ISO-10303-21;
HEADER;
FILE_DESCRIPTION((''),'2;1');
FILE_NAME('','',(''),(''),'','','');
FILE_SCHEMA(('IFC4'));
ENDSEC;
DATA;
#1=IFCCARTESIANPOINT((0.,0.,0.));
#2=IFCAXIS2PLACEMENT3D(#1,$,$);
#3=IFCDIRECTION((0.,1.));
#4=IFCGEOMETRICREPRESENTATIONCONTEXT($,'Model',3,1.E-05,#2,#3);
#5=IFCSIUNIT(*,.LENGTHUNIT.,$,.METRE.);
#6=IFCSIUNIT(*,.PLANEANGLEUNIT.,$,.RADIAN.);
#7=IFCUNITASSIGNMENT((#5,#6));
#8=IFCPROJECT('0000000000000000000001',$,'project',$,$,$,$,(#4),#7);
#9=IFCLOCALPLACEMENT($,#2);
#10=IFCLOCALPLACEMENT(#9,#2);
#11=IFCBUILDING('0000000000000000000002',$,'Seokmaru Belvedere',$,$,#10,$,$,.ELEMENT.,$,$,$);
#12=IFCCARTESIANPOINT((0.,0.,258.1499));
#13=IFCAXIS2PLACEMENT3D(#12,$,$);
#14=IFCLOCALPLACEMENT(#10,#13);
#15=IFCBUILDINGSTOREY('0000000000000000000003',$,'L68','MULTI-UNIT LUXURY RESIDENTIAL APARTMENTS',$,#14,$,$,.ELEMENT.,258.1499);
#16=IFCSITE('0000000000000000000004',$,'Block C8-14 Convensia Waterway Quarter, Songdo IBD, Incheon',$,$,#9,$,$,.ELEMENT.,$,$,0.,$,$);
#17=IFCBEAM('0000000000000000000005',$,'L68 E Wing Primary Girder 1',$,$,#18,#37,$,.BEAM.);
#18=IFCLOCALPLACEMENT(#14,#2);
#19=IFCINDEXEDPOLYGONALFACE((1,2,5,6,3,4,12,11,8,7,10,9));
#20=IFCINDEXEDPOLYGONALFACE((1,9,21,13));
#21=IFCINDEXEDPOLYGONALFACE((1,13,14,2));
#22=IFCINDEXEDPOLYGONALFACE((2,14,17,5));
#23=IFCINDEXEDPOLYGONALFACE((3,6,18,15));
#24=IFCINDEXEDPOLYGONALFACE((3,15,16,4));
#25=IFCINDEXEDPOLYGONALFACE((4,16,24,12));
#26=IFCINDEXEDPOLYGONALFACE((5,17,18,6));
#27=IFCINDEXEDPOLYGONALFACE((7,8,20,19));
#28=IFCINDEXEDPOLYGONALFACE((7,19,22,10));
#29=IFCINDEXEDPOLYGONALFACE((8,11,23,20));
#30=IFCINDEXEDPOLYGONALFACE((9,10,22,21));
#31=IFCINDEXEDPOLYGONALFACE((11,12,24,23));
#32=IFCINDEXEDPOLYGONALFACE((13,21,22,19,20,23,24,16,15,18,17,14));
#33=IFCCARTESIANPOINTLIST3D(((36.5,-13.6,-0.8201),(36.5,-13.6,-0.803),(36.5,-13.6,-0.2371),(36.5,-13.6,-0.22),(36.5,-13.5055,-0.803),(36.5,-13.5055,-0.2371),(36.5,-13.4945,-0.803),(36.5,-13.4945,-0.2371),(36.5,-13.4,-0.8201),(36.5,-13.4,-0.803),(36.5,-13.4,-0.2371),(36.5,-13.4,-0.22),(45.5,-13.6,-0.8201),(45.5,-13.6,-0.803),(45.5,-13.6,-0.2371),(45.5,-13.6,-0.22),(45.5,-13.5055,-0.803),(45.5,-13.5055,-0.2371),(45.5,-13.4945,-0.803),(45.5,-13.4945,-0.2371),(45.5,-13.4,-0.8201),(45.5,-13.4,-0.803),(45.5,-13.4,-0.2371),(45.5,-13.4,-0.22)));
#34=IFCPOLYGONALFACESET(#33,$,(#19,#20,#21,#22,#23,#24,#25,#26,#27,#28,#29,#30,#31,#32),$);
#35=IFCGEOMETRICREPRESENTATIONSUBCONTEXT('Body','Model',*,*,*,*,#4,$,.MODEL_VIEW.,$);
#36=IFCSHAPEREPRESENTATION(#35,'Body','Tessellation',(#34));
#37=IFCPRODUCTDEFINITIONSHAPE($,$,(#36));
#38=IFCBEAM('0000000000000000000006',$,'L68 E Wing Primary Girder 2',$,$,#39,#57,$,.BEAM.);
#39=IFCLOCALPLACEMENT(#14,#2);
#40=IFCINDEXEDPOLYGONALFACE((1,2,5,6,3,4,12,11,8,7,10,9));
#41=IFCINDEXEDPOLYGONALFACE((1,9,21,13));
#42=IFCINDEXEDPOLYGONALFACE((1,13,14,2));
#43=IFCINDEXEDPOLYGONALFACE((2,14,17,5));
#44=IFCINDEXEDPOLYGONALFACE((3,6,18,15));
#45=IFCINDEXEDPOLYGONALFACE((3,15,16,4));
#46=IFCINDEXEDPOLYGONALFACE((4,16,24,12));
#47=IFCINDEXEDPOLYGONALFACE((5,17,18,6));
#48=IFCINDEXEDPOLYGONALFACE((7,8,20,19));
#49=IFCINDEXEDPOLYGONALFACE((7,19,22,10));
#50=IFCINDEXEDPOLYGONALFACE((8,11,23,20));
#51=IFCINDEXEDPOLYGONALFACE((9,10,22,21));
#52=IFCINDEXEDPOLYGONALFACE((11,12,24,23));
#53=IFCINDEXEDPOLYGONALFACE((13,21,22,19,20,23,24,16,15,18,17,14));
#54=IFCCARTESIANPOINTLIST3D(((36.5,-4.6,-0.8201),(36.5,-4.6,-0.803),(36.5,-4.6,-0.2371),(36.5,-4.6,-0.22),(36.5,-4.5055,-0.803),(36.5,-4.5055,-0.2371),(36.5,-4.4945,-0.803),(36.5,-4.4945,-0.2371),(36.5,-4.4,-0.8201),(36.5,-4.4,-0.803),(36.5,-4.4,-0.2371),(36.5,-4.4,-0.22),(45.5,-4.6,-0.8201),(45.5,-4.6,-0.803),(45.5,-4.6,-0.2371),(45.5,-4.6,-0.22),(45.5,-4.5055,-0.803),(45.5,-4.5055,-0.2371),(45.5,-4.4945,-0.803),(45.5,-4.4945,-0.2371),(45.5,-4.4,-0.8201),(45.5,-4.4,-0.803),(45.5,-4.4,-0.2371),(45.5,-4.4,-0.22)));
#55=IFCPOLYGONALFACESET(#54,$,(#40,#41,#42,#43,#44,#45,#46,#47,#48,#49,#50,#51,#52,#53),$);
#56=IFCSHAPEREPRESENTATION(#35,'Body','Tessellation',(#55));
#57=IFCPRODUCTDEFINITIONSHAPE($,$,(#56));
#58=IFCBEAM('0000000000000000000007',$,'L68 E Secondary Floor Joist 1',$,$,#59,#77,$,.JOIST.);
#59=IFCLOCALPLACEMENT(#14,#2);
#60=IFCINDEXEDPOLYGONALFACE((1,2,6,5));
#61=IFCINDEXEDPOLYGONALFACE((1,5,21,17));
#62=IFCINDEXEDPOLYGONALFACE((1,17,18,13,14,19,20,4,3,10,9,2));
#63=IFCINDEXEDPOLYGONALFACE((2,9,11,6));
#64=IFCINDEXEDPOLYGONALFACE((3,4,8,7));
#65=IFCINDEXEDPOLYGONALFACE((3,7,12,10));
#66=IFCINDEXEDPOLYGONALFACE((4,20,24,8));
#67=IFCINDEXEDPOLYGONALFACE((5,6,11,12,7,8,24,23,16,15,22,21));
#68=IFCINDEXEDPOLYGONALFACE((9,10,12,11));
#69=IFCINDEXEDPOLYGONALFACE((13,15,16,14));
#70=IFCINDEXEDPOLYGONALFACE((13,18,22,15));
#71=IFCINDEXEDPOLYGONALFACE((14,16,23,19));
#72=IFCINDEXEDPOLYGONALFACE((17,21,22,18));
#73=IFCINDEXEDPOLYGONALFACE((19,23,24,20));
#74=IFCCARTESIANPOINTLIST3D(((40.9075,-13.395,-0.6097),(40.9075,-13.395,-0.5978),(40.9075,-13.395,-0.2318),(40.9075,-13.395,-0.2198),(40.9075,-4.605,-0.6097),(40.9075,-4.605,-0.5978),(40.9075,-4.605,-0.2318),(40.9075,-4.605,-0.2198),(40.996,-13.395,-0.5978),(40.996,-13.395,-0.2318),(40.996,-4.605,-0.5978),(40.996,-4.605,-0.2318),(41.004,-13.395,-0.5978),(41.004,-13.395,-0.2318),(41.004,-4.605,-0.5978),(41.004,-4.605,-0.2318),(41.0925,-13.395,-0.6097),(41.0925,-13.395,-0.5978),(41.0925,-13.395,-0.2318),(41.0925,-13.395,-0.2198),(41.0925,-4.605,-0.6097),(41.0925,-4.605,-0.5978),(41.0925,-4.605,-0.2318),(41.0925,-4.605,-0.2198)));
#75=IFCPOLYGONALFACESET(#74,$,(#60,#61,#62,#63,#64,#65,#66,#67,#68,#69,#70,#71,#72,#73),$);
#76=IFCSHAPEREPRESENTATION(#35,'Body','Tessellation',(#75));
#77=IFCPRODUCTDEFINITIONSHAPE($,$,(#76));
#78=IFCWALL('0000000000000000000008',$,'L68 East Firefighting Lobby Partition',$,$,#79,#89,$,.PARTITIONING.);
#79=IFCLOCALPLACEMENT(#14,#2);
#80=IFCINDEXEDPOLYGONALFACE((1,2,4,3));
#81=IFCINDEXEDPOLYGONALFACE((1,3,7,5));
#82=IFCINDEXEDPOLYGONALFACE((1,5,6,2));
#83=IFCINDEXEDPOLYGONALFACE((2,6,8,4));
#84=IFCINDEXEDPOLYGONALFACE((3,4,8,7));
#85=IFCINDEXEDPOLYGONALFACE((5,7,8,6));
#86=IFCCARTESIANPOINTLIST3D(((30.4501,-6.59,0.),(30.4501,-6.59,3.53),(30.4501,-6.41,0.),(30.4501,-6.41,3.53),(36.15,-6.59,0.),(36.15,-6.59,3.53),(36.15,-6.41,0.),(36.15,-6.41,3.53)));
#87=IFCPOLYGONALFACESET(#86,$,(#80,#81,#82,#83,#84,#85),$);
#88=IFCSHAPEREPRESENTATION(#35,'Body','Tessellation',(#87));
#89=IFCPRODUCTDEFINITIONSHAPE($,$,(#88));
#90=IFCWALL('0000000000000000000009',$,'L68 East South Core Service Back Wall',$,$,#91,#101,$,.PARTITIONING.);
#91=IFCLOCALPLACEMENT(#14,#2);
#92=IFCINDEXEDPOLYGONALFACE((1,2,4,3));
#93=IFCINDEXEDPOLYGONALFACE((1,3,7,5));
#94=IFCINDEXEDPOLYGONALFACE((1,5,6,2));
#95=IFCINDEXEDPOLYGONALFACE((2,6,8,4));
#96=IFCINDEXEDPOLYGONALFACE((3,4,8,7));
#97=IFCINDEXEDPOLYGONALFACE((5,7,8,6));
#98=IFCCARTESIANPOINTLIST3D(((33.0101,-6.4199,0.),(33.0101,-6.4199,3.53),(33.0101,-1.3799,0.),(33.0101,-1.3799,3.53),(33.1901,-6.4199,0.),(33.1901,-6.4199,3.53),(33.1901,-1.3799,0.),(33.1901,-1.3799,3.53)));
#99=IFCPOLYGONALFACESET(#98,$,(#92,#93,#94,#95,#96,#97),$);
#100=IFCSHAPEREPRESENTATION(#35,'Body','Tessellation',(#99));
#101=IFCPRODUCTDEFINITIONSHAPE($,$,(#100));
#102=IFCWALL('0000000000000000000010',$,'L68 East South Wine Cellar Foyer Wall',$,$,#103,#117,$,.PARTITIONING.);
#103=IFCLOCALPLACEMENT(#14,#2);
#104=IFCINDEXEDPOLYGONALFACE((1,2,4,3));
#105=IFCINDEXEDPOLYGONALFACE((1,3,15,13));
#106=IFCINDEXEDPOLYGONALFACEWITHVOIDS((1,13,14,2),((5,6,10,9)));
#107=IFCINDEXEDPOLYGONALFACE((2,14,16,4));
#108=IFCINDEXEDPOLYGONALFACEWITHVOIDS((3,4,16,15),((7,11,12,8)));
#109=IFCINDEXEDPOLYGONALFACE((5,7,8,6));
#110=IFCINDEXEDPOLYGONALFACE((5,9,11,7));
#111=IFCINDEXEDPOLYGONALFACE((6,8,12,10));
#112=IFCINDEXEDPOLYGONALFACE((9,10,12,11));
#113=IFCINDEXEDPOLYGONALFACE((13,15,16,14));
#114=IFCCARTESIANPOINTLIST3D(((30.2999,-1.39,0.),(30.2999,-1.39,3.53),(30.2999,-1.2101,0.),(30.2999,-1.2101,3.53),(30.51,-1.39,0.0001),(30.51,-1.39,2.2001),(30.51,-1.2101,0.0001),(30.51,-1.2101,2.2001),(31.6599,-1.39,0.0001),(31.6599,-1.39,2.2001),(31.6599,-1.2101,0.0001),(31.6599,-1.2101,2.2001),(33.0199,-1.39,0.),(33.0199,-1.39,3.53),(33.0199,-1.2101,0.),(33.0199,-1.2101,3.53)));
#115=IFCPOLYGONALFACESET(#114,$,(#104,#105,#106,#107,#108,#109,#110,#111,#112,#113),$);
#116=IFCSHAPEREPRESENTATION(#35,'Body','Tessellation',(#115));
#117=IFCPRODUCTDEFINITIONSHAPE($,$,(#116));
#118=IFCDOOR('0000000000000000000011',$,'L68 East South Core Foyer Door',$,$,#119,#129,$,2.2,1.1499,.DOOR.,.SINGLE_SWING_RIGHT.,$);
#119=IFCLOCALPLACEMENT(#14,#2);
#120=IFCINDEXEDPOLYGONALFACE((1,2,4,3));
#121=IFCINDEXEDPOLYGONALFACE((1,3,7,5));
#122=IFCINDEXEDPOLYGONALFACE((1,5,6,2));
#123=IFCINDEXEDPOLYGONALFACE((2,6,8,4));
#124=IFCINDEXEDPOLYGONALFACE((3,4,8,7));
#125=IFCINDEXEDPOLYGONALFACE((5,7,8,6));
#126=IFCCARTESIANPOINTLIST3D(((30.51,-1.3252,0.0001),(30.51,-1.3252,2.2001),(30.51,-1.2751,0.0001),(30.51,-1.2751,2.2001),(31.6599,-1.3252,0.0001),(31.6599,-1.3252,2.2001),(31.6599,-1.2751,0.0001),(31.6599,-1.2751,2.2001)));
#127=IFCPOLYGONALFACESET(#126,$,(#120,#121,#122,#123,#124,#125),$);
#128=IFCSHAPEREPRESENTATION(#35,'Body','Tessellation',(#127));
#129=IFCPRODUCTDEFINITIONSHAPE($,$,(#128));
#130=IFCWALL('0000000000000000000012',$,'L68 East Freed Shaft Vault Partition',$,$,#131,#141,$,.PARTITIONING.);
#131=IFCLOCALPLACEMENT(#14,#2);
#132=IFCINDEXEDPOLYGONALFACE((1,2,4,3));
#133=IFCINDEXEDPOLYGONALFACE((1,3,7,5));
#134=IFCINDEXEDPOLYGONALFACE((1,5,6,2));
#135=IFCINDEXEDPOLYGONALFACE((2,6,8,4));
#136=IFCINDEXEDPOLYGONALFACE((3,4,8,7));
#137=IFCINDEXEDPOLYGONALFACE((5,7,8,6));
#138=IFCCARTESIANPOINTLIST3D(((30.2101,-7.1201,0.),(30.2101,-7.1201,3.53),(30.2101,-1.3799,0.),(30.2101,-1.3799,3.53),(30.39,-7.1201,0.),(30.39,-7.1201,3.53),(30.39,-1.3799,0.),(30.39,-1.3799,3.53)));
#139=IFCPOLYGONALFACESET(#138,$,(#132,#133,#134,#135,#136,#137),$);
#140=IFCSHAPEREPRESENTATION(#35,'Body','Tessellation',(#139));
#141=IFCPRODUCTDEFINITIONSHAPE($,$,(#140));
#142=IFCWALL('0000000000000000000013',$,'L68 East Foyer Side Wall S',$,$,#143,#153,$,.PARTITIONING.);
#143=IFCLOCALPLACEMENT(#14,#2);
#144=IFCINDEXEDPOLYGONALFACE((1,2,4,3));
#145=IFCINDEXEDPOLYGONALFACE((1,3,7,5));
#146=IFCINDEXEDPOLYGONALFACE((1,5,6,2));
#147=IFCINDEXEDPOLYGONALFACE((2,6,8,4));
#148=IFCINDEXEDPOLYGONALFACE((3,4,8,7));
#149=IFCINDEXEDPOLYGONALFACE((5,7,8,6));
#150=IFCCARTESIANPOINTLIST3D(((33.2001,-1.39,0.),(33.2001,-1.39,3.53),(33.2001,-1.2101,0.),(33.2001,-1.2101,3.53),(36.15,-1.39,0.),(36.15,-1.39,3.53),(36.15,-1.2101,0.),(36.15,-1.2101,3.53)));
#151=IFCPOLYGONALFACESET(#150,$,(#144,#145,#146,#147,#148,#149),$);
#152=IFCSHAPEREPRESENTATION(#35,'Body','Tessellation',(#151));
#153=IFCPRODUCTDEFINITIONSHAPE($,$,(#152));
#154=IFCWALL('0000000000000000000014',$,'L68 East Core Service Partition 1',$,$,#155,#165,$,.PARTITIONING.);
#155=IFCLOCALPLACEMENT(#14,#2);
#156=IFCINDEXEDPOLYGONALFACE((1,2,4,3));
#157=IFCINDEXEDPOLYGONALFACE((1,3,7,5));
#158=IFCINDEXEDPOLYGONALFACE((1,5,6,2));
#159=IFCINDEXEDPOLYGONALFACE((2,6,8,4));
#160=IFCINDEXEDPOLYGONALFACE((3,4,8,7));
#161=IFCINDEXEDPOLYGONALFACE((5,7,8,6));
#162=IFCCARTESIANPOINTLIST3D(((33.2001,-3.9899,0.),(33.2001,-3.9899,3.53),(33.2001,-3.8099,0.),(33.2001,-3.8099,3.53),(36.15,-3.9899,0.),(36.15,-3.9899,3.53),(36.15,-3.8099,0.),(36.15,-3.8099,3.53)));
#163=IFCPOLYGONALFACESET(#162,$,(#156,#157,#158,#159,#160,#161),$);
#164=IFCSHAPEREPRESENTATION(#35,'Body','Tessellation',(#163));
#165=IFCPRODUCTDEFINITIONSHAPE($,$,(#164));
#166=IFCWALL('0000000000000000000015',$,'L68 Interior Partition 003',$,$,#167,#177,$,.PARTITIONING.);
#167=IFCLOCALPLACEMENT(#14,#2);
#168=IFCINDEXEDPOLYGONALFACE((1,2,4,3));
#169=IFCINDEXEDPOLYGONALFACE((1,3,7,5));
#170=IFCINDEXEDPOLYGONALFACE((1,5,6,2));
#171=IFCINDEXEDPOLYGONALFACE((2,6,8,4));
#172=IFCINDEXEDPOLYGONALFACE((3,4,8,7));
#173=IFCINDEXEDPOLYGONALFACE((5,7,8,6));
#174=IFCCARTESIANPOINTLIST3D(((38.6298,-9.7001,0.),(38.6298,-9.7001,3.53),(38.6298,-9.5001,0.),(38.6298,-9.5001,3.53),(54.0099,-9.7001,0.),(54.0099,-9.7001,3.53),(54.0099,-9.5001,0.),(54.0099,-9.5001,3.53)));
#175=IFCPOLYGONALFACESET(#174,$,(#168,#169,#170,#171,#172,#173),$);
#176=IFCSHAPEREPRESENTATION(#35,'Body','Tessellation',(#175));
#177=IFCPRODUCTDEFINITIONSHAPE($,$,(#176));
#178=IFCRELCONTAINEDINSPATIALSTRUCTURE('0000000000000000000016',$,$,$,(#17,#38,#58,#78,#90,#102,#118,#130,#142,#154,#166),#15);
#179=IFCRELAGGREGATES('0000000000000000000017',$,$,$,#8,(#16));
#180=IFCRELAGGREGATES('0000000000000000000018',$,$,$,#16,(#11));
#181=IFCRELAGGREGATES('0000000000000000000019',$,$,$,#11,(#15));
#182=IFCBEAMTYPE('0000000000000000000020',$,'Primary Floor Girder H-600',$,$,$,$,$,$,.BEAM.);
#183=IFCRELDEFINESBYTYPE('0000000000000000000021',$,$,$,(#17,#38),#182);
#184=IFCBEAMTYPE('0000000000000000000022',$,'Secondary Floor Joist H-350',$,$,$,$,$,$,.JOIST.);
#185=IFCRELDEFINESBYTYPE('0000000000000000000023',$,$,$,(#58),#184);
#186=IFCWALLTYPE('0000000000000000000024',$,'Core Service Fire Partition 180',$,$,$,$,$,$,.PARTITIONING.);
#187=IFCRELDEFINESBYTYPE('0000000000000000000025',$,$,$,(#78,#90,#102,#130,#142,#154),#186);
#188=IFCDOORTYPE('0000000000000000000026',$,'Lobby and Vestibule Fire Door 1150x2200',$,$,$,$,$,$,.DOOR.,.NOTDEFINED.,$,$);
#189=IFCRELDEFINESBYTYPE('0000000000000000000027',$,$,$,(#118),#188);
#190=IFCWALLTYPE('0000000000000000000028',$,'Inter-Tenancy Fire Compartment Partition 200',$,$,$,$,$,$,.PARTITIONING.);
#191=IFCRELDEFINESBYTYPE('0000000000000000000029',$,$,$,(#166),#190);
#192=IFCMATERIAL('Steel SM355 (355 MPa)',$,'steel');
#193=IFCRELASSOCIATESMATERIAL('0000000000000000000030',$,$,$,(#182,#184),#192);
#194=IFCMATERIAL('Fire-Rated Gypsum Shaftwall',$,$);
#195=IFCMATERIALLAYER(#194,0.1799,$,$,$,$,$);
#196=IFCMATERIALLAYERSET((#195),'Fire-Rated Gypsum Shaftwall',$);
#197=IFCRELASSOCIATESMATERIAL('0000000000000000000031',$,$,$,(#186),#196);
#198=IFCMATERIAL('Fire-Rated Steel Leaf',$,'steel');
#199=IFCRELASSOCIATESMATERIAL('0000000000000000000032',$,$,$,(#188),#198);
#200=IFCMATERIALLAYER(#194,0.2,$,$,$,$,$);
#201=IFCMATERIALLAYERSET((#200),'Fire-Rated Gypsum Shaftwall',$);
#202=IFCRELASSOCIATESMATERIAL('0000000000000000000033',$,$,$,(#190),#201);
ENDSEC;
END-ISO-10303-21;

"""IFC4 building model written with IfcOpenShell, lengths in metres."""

from ifc_helpers import new_model, si_unit, direction, frame, frame_2d, origin, origin_2d, place, context, subcontext, project, spatial, rectangle, i_section, extrude, source, transform, mapped, material, layer, layer_set, material_profile, profile_set, type_object, type_shapes, element, fill, save


model = new_model("IFC4")

# Units and contexts
model_context = context("Model", 3, precision=1e-05, world=origin(), true_north=direction((0.0, 1.0)))
body_context = subcontext(model_context, "Body", "Model", "MODEL_VIEW")
ifc_project = project(units=[si_unit("LENGTHUNIT", "METRE"), si_unit("PLANEANGLEUNIT", "RADIAN")], contexts=[model_context])

# Site, building, storey
site_placement = place(None, origin())
site = spatial("IfcSite", under=ifc_project, at=site_placement, Name="Block C8-14 Convensia Waterway Quarter, Songdo IBD, Incheon", CompositionType="ELEMENT", RefElevation=0.0)
building_placement = place(site_placement, origin())
building = spatial("IfcBuilding", under=site, at=building_placement, Name="Seokmaru Belvedere", CompositionType="ELEMENT")
storey_placement = place(building_placement, frame((0.0, 0.0, 258.1499)))
storey = spatial("IfcBuildingStorey", under=building, at=storey_placement, Name="L68", Description="MULTI-UNIT LUXURY RESIDENTIAL APARTMENTS", CompositionType="ELEMENT", Elevation=258.1499)

# Beams
ifc_material_1 = material(Name="Steel SM355 (355 MPa)", Category="steel")
ifc_material_profile_1 = material_profile(ifc_material_1, i_section(OverallWidth=0.2, OverallDepth=0.6001, WebThickness=0.011, FlangeThickness=0.0171, at=origin_2d()), Name="H-600x200x11x17")
ifc_profile_set_1 = profile_set([ifc_material_profile_1], Name="Steel SM355 (355 MPa)")
beam_type_1 = type_object("IfcBeamType", Name="Primary Floor Girder H-600", PredefinedType="BEAM", material=ifc_profile_set_1)
shared_shape_1 = source(origin(), body_context, "Body", "SweptSolid", [
    extrude(i_section(OverallWidth=0.2, OverallDepth=0.6001, WebThickness=0.011, FlangeThickness=0.0171, at=origin_2d()), origin(), (0.0, 0.0, 1.0), 9.0),
])
type_shapes(beam_type_1, [shared_shape_1])
for number, where, z_axis, x_axis, name in (
    (1, (36.5, -13.5, -0.52), (1.0, 0.0, 0.0), (0.0, 1.0, 0.0), "L68 E Wing Primary Girder 1"),
    (2, (36.5, -4.5, -0.52), (1.0, 0.0, 0.0), (0.0, 1.0, 0.0), "L68 E Wing Primary Girder 2"),
):
    element("IfcBeam", number, at=place(storey_placement, frame(where, z_axis=z_axis, x_axis=x_axis)), inside=storey, type_object=beam_type_1, Name=name, PredefinedType="BEAM", context=body_context, shape_type="MappedRepresentation", body=[
        mapped(shared_shape_1, transform((0.0, 0.0, 0.0), scale=1.0)),
    ])
ifc_material_profile_2 = material_profile(ifc_material_1, i_section(OverallWidth=0.1851, OverallDepth=0.3899, WebThickness=0.0081, FlangeThickness=0.012, at=origin_2d()), Name="H-390x185x8x12")
ifc_profile_set_2 = profile_set([ifc_material_profile_2], Name="Steel SM355 (355 MPa)")
beam_type_2 = type_object("IfcBeamType", Name="Secondary Floor Joist H-350", PredefinedType="JOIST", material=ifc_profile_set_2)
shared_shape_2 = source(origin(), body_context, "Body", "SweptSolid", [
    extrude(i_section(OverallWidth=0.1851, OverallDepth=0.3899, WebThickness=0.0081, FlangeThickness=0.012, at=origin_2d()), origin(), (0.0, 0.0, 1.0), 8.79),
])
type_shapes(beam_type_2, [shared_shape_2])
beam_placement = place(storey_placement, frame((41.0, -13.395, -0.4148), z_axis=(0.0, 1.0, 0.0), x_axis=(-1.0, 0.0, 0.0)))
element("IfcBeam", 3, at=beam_placement, inside=storey, type_object=beam_type_2, Name="L68 E Secondary Floor Joist 1", PredefinedType="JOIST", context=body_context, shape_type="MappedRepresentation", body=[
    mapped(shared_shape_2, transform((0.0, 0.0, 0.0), scale=1.0)),
])

# Walls
ifc_material_2 = material(Name="Fire-Rated Gypsum Shaftwall")
ifc_layer_1 = layer(ifc_material_2, 0.1799)
ifc_layer_set_1 = layer_set([ifc_layer_1], Name="Fire-Rated Gypsum Shaftwall")
wall_type_1 = type_object("IfcWallType", Name="Core Service Fire Partition 180", PredefinedType="PARTITIONING", material=ifc_layer_set_1)
wall_1_placement = place(storey_placement, frame((30.45, -6.5, 0.0), z_axis=(0.0, 0.0, 1.0), x_axis=(1.0, 0.0, 0.0)))
element("IfcWall", 4, at=wall_1_placement, inside=storey, type_object=wall_type_1, Name="L68 East Firefighting Lobby Partition", PredefinedType="PARTITIONING", context=body_context, shape_type="SweptSolid", body=[
    extrude(rectangle(XDim=5.7, YDim=0.1799, at=frame_2d((2.8501, 0.0))), origin(), (0.0, 0.0, 1.0), 3.53),
])
wall_2_placement = place(storey_placement, frame((33.1001, -6.4199, 0.0), z_axis=(0.0, 0.0, 1.0), x_axis=(0.0, 1.0, 0.0)))
element("IfcWall", 5, at=wall_2_placement, inside=storey, type_object=wall_type_1, Name="L68 East South Core Service Back Wall", PredefinedType="PARTITIONING", context=body_context, shape_type="SweptSolid", body=[
    extrude(rectangle(XDim=5.04, YDim=0.1799, at=frame_2d((2.52, 0.0))), origin(), (0.0, 0.0, 1.0), 3.53),
])

# Wall, opening, door
wall_3_placement = place(storey_placement, frame((30.3, -1.3, 0.0), z_axis=(0.0, 0.0, 1.0), x_axis=(1.0, 0.0, 0.0)))
wall_3 = element("IfcWall", 6, at=wall_3_placement, inside=storey, type_object=wall_type_1, Name="L68 East South Wine Cellar Foyer Wall", PredefinedType="PARTITIONING", context=body_context, shape_type="SweptSolid", body=[
    extrude(rectangle(XDim=2.72, YDim=0.1799, at=frame_2d((1.3599, 0.0))), origin(), (0.0, 0.0, 1.0), 3.53),
])
opening_1_placement = place(wall_3_placement, frame((0.21, 0.0, 0.0)))
opening_1 = element("IfcOpeningElement", 7, at=opening_1_placement, cuts=wall_3, PredefinedType="OPENING", context=body_context, shape_type="SweptSolid", body=[
    extrude(rectangle(XDim=1.1499, YDim=2.2, at=frame_2d((0.575, 1.1001))), frame((0.0, 0.1001, 0.0), z_axis=(0.0, -1.0, 0.0), x_axis=(1.0, 0.0, 0.0)), (0.0, 0.0, 1.0), 0.2),
])
ifc_material_3 = material(Name="Fire-Rated Steel Leaf", Category="steel")
door_type_1 = type_object("IfcDoorType", Name="Lobby and Vestibule Fire Door 1150x2200", OperationType="NOTDEFINED", PredefinedType="DOOR", material=ifc_material_3)
shared_shape_3 = source(origin(), body_context, "Body", "SweptSolid", [
    extrude(rectangle(XDim=1.1499, YDim=2.2, at=frame_2d((0.575, 1.1001))), frame((0.0, 0.0249, 0.0), z_axis=(0.0, -1.0, 0.0), x_axis=(1.0, 0.0, 0.0)), (0.0, 0.0, 1.0), 0.05),
])
type_shapes(door_type_1, [shared_shape_3])
door_1_placement = place(opening_1_placement, origin())
door_1 = element("IfcDoor", 8, at=door_1_placement, inside=storey, type_object=door_type_1, Name="L68 East South Core Foyer Door", OperationType="SINGLE_SWING_RIGHT", OverallHeight=2.2, OverallWidth=1.1499, PredefinedType="DOOR", context=body_context, shape_type="MappedRepresentation", body=[
    mapped(shared_shape_3, transform((0.0, 0.0, 0.0), scale=1.0)),
])
fill(opening_1, door_1)

# Walls
wall_4_placement = place(storey_placement, frame((30.3, -7.1201, 0.0), z_axis=(0.0, 0.0, 1.0), x_axis=(0.0, 1.0, 0.0)))
element("IfcWall", 9, at=wall_4_placement, inside=storey, type_object=wall_type_1, Name="L68 East Freed Shaft Vault Partition", PredefinedType="PARTITIONING", context=body_context, shape_type="SweptSolid", body=[
    extrude(rectangle(XDim=5.7402, YDim=0.1799, at=frame_2d((2.8701, 0.0))), origin(), (0.0, 0.0, 1.0), 3.53),
])
for number, where, z_axis, x_axis, name in (
    (10, (33.2, -1.3, 0.0), (0.0, 0.0, 1.0), (1.0, 0.0, 0.0), "L68 East Foyer Side Wall S"),
    (11, (33.2, -3.8999, 0.0), (0.0, 0.0, 1.0), (1.0, 0.0, 0.0), "L68 East Core Service Partition 1"),
):
    element("IfcWall", number, at=place(storey_placement, frame(where, z_axis=z_axis, x_axis=x_axis)), inside=storey, type_object=wall_type_1, Name=name, PredefinedType="PARTITIONING", context=body_context, shape_type="SweptSolid", body=[
        extrude(rectangle(XDim=2.95, YDim=0.1799, at=frame_2d((1.4751, 0.0))), origin(), (0.0, 0.0, 1.0), 3.53),
    ])
ifc_layer_2 = layer(ifc_material_2, 0.2)
ifc_layer_set_2 = layer_set([ifc_layer_2], Name="Fire-Rated Gypsum Shaftwall")
wall_type_2 = type_object("IfcWallType", Name="Inter-Tenancy Fire Compartment Partition 200", PredefinedType="PARTITIONING", material=ifc_layer_set_2)
wall_5_placement = place(storey_placement, frame((38.6299, -9.6001, 0.0), z_axis=(0.0, 0.0, 1.0), x_axis=(1.0, 0.0, 0.0)))
element("IfcWall", 12, at=wall_5_placement, inside=storey, type_object=wall_type_2, Name="L68 Interior Partition 003", PredefinedType="PARTITIONING", context=body_context, shape_type="SweptSolid", body=[
    extrude(rectangle(XDim=15.3801, YDim=0.2, at=frame_2d((7.6899, 0.0))), origin(), (0.0, 0.0, 1.0), 3.53),
])

save(model, "model.ifc")
